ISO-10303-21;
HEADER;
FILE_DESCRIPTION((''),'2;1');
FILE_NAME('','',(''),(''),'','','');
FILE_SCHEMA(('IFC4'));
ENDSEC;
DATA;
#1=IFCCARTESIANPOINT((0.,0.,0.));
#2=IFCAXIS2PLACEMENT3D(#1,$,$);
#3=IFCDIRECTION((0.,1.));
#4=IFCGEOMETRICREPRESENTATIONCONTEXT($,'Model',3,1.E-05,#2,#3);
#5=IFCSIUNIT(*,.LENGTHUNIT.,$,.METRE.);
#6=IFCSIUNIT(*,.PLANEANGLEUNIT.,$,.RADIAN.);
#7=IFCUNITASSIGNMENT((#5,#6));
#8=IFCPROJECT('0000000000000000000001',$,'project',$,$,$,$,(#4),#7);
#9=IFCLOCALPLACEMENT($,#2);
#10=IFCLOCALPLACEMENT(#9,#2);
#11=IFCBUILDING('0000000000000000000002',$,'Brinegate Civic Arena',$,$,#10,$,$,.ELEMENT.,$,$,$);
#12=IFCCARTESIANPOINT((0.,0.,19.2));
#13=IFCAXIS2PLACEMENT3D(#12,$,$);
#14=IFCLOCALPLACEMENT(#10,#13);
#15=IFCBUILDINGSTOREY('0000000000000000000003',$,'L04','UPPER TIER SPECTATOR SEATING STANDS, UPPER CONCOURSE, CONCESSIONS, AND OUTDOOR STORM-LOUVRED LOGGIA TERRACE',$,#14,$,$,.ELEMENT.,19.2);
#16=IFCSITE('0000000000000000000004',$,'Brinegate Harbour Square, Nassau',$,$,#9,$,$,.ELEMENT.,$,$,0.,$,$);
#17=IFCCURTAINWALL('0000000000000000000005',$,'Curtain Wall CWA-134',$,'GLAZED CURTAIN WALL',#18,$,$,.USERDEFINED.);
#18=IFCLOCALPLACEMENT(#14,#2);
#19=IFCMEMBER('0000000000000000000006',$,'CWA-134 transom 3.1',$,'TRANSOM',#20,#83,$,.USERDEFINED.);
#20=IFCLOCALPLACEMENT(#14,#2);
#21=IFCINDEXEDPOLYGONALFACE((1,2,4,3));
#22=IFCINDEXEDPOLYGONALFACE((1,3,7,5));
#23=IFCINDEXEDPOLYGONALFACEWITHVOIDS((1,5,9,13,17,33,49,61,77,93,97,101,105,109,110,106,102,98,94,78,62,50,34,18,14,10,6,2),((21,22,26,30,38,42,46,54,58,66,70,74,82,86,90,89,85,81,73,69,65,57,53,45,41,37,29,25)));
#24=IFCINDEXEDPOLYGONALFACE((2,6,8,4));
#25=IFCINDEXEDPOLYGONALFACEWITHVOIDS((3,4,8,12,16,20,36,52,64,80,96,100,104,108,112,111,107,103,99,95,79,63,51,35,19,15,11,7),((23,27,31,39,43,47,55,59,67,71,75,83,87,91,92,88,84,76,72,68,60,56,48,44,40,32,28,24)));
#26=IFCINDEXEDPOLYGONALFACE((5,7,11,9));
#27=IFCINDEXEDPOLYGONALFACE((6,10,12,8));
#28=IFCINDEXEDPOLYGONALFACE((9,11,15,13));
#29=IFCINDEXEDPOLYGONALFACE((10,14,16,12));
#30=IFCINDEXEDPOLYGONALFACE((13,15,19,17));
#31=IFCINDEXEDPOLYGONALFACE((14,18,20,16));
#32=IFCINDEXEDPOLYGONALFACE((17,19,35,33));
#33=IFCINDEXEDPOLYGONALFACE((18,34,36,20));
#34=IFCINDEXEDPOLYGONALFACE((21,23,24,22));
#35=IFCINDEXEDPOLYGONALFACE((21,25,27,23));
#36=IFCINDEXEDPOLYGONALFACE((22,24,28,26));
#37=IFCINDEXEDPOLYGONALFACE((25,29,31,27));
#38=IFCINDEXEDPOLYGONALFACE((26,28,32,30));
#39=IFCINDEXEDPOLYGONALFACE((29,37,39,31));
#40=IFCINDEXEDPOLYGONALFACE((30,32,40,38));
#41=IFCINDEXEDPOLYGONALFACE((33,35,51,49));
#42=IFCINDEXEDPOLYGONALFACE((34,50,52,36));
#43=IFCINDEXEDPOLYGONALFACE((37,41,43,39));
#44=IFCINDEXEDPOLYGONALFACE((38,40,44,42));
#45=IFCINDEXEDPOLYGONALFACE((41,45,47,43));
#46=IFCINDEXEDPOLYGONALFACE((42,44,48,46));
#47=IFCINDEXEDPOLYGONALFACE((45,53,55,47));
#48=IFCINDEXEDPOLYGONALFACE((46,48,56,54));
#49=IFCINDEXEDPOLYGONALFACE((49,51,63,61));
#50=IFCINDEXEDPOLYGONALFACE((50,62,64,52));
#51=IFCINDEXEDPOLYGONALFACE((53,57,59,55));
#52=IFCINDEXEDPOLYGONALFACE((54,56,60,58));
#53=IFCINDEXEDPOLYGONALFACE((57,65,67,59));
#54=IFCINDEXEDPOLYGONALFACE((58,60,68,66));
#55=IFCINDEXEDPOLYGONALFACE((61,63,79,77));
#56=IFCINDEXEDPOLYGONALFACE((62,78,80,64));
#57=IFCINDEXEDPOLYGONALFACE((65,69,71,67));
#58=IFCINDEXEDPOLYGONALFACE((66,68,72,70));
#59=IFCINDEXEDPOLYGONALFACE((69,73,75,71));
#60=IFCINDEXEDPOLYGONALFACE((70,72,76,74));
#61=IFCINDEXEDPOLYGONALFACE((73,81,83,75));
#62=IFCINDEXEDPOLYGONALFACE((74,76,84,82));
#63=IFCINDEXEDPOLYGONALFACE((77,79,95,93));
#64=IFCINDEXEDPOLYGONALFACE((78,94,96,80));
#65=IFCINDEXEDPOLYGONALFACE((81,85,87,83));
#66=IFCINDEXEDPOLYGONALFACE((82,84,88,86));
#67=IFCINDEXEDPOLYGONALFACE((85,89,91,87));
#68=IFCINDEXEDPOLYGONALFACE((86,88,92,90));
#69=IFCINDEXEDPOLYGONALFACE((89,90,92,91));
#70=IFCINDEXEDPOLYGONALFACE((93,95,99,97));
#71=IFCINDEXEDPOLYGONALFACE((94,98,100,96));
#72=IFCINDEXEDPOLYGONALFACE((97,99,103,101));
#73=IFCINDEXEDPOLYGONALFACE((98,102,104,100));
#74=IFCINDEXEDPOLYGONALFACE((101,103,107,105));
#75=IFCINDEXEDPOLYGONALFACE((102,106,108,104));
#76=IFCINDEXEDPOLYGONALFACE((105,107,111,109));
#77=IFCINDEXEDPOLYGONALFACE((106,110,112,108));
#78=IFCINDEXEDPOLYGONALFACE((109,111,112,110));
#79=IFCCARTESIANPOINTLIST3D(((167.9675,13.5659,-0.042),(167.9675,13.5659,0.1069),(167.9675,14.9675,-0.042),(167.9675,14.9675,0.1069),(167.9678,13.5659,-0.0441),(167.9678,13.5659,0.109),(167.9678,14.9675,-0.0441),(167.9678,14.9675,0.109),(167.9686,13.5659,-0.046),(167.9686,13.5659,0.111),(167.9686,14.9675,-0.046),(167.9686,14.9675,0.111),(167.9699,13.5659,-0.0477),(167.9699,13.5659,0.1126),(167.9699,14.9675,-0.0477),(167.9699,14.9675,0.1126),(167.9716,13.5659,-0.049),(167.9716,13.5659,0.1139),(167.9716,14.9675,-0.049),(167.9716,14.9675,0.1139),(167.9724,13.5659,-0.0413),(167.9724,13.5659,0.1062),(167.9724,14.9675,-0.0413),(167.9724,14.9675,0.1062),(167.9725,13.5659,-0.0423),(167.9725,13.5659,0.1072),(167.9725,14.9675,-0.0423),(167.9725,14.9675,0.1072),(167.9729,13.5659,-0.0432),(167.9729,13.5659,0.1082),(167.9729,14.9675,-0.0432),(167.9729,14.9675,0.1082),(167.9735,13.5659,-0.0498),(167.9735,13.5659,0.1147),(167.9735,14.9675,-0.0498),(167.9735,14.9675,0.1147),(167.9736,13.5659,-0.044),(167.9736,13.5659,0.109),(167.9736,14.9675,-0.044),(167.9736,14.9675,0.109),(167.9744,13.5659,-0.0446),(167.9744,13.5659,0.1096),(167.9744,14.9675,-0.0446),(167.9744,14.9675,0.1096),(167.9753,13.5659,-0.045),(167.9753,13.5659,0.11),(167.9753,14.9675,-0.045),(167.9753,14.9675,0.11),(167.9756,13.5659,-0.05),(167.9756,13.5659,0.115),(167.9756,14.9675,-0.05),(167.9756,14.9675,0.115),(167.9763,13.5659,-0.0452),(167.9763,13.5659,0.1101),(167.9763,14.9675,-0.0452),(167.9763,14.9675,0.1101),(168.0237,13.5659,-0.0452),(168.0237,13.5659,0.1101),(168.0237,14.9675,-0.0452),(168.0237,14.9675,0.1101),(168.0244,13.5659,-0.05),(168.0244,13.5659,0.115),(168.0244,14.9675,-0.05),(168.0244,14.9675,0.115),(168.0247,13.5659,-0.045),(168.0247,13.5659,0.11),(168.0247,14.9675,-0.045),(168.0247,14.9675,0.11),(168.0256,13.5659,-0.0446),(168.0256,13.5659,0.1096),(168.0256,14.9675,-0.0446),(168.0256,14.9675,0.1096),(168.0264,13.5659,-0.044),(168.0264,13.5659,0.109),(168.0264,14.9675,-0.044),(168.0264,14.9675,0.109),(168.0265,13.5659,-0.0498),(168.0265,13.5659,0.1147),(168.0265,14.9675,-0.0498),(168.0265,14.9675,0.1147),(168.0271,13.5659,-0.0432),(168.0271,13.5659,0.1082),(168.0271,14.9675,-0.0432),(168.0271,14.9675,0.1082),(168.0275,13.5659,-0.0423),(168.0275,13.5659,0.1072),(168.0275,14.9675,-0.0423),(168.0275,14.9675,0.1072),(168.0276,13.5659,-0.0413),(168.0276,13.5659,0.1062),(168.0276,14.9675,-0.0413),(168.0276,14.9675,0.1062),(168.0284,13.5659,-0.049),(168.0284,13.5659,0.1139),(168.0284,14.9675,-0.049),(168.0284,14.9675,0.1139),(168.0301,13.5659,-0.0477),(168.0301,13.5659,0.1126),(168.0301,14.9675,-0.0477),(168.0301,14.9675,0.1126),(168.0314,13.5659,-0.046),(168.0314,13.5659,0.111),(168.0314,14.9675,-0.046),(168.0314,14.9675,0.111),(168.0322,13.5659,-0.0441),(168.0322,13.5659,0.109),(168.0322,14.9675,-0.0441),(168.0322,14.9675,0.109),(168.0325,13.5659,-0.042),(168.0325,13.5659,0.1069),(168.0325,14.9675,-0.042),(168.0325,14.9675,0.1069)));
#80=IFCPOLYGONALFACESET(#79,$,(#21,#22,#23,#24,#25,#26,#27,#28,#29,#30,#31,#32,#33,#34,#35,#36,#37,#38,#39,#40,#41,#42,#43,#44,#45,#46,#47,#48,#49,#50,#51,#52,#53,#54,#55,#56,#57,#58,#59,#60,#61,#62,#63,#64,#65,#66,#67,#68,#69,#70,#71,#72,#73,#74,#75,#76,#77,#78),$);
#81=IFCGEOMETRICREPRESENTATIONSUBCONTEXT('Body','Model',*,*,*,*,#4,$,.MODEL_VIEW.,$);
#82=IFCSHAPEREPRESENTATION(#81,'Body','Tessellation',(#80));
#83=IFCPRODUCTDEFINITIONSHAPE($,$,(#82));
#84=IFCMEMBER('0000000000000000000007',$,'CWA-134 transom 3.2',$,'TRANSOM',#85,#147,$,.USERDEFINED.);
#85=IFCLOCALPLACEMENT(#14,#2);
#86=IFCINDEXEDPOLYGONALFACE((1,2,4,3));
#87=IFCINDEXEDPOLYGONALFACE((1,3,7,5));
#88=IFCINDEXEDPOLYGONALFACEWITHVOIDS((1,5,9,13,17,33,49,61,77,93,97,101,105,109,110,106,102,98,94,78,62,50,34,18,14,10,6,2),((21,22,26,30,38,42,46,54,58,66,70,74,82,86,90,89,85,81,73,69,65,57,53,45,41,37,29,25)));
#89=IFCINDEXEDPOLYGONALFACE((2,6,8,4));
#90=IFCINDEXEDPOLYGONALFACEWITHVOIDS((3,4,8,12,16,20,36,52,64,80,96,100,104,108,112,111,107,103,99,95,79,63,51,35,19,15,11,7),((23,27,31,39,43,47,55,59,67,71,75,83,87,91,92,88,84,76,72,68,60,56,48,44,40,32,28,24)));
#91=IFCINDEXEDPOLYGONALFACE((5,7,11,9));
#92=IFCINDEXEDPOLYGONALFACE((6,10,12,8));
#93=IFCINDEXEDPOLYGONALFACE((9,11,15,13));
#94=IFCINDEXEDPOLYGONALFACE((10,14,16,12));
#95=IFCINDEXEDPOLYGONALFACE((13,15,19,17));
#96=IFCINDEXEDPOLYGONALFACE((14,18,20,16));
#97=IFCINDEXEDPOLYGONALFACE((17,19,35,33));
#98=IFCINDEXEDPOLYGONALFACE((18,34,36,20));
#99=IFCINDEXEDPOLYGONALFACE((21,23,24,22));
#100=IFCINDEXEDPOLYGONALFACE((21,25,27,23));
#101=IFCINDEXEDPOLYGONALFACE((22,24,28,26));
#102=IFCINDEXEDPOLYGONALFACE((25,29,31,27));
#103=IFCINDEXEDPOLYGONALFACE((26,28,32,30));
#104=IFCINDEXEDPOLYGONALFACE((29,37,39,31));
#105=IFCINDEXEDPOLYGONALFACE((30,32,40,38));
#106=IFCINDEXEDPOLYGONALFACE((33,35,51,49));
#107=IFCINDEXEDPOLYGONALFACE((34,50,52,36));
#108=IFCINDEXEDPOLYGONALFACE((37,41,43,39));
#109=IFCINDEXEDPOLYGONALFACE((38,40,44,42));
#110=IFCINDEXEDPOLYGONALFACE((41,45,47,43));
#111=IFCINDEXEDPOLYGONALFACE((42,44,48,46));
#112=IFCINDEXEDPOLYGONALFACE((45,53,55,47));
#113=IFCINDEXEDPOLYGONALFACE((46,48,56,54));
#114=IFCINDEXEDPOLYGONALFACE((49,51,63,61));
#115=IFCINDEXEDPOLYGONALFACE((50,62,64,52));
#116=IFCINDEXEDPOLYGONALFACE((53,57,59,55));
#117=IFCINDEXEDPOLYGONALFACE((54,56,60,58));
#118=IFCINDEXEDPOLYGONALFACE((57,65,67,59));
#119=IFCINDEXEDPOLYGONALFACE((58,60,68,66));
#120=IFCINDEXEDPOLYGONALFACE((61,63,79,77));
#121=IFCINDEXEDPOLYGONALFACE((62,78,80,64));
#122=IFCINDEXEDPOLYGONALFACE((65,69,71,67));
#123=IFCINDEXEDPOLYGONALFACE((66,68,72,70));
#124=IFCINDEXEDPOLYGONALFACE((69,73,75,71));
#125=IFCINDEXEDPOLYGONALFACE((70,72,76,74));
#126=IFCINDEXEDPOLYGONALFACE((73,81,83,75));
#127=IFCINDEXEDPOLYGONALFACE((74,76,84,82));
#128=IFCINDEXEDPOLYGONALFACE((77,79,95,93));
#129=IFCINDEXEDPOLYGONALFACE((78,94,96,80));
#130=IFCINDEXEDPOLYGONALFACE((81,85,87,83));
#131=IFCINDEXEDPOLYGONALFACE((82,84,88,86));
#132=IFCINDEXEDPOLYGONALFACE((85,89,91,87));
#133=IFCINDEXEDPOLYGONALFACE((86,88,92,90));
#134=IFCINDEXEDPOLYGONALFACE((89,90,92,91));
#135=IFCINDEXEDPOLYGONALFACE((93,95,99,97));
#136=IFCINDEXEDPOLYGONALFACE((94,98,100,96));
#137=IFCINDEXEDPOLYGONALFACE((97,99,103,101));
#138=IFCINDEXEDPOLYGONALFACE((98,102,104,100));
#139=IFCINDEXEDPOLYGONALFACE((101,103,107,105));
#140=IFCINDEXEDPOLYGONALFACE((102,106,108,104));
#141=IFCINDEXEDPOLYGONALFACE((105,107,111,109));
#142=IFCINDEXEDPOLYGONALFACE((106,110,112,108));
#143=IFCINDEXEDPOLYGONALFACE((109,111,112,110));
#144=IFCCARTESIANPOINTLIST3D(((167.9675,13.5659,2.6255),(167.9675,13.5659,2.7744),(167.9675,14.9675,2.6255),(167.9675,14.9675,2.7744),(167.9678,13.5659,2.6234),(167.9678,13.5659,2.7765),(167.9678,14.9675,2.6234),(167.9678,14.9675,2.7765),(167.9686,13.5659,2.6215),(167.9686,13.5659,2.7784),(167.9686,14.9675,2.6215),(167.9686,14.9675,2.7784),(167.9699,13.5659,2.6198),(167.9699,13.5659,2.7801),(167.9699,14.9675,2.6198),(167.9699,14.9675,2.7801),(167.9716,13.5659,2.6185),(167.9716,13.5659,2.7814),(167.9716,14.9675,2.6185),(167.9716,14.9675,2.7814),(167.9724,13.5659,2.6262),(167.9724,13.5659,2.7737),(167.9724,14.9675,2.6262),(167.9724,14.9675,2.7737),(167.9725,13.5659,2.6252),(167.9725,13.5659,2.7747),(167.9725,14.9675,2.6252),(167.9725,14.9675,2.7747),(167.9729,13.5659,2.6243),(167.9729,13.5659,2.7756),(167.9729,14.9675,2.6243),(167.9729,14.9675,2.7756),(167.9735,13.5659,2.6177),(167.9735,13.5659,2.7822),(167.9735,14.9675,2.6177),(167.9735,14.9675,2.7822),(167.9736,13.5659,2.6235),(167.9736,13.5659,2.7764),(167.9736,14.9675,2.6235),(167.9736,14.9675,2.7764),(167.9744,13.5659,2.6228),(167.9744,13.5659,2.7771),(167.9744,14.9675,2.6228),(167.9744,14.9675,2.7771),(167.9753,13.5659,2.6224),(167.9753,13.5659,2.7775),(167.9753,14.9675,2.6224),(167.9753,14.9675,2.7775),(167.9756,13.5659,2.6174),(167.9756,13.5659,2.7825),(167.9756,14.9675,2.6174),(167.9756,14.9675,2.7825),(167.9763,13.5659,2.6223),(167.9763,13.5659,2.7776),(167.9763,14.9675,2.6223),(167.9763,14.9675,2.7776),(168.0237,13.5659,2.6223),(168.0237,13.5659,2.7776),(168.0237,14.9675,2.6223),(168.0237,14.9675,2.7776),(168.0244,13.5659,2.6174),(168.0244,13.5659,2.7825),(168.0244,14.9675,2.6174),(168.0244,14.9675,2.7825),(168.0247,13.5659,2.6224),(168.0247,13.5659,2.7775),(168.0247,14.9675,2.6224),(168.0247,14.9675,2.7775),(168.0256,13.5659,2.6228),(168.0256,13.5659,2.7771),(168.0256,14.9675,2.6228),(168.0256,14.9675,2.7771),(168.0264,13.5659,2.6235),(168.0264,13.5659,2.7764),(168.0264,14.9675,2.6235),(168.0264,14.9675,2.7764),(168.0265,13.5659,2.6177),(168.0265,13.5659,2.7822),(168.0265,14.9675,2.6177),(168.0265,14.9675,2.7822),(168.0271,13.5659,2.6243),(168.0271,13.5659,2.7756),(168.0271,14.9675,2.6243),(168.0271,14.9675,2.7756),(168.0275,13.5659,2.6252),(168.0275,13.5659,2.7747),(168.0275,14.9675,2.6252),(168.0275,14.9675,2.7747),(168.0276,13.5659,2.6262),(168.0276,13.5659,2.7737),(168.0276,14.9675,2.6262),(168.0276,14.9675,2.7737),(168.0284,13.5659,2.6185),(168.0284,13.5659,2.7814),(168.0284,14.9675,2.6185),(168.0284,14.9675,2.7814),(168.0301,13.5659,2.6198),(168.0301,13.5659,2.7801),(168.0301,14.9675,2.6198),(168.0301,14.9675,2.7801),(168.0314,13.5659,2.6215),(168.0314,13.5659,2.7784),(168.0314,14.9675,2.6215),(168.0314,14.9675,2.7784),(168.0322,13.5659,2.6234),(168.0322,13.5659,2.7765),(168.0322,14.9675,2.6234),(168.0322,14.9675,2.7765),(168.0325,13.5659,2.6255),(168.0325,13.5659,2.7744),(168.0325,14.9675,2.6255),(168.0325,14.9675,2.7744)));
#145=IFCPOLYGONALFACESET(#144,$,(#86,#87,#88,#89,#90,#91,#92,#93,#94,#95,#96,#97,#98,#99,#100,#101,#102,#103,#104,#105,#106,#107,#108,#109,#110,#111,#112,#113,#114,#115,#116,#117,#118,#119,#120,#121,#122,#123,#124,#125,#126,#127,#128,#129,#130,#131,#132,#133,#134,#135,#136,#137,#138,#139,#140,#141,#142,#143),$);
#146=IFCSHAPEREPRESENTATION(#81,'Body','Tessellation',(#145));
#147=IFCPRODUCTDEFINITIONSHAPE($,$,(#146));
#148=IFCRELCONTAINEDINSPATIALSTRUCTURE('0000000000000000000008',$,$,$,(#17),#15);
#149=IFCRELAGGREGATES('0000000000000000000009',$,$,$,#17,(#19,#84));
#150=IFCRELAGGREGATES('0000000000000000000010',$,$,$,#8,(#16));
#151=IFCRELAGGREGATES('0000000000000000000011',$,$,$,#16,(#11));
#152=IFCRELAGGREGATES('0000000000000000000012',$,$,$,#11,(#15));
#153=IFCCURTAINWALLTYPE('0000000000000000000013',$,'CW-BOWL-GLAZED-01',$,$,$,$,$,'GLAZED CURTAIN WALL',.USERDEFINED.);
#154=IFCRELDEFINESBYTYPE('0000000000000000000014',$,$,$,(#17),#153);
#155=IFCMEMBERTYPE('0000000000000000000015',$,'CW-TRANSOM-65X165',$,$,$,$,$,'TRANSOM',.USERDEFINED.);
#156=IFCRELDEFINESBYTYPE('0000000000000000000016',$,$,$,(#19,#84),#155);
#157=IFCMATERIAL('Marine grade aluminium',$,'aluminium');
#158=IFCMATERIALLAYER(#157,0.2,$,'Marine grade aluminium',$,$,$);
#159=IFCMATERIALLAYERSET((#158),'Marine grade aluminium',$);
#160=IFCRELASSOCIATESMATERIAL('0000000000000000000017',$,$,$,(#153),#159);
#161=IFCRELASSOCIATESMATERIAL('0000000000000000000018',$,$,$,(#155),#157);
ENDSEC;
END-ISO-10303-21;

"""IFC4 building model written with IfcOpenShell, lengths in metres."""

from ifc_helpers import new_model, si_unit, direction, frame, origin, origin_2d, place, context, subcontext, project, spatial, hollow_rectangle, extrude, material, layer, layer_set, material_profile, profile_set, type_object, element, aggregate, save


model = new_model("IFC4")

# Units and contexts
model_context = context("Model", 3, precision=1e-05, world=origin(), true_north=direction((0.0, 1.0)))
body_context = subcontext(model_context, "Body", "Model", "MODEL_VIEW")
ifc_project = project(units=[si_unit("LENGTHUNIT", "METRE"), si_unit("PLANEANGLEUNIT", "RADIAN")], contexts=[model_context])

# Site, building, storey
site_placement = place(None, origin())
site = spatial("IfcSite", under=ifc_project, at=site_placement, Name="Brinegate Harbour Square, Nassau", CompositionType="ELEMENT", RefElevation=0.0)
building_placement = place(site_placement, origin())
building = spatial("IfcBuilding", under=site, at=building_placement, Name="Brinegate Civic Arena", CompositionType="ELEMENT")
storey_placement = place(building_placement, frame((0.0, 0.0, 19.2)))
storey = spatial("IfcBuildingStorey", under=building, at=storey_placement, Name="L04", Description="UPPER TIER SPECTATOR SEATING STANDS, UPPER CONCOURSE, CONCESSIONS, AND OUTDOOR STORM-LOUVRED LOGGIA TERRACE", CompositionType="ELEMENT", Elevation=19.2)

# Curtain wall, members
ifc_material_1 = material(Name="Marine grade aluminium", Category="aluminium")
ifc_layer_1 = layer(ifc_material_1, 0.2, Name="Marine grade aluminium")
ifc_layer_set_1 = layer_set([ifc_layer_1], Name="Marine grade aluminium")
curtain_wall_type = type_object("IfcCurtainWallType", Name="CW-BOWL-GLAZED-01", ElementType="GLAZED CURTAIN WALL", PredefinedType="USERDEFINED", material=ifc_layer_set_1)
curtain_wall_placement = place(storey_placement, origin())
curtain_wall = element("IfcCurtainWall", 1, at=curtain_wall_placement, inside=storey, type_object=curtain_wall_type, Name="Curtain Wall CWA-134", ObjectType="GLAZED CURTAIN WALL", PredefinedType="USERDEFINED")
ifc_material_profile_1 = material_profile(ifc_material_1, hollow_rectangle(XDim=0.0649, YDim=0.165, WallThickness=0.0049, InnerFilletRadius=0.0039, OuterFilletRadius=0.0081, at=origin_2d()), Name="TRN65X165")
ifc_profile_set_1 = profile_set([ifc_material_profile_1], Name="Marine grade aluminium")
member_type_1 = type_object("IfcMemberType", Name="CW-TRANSOM-65X165", ElementType="TRANSOM", PredefinedType="USERDEFINED", material=ifc_profile_set_1)
member_1_placement = place(storey_placement, frame((168.0, 13.5659, 0.0325), z_axis=(0.0, 1.0, 0.0), x_axis=(-1.0, 0.0, 0.0)))
member_1 = element("IfcMember", 2, at=member_1_placement, type_object=member_type_1, Name="CWA-134 transom 3.1", ObjectType="TRANSOM", PredefinedType="USERDEFINED", context=body_context, shape_type="SweptSolid", body=[
    extrude(hollow_rectangle(XDim=0.0649, YDim=0.165, WallThickness=0.0049, InnerFilletRadius=0.0039, OuterFilletRadius=0.0081, at=origin_2d()), origin(), (0.0, 0.0, 1.0), 1.4016),
])
member_2_placement = place(storey_placement, frame((168.0, 13.5659, 2.7), z_axis=(0.0, 1.0, 0.0), x_axis=(-1.0, 0.0, 0.0)))
member_2 = element("IfcMember", 3, at=member_2_placement, type_object=member_type_1, Name="CWA-134 transom 3.2", ObjectType="TRANSOM", PredefinedType="USERDEFINED", context=body_context, shape_type="SweptSolid", body=[
    extrude(hollow_rectangle(XDim=0.0649, YDim=0.165, WallThickness=0.0049, InnerFilletRadius=0.0039, OuterFilletRadius=0.0081, at=origin_2d()), origin(), (0.0, 0.0, 1.0), 1.4016),
])
aggregate(curtain_wall, [member_1, member_2])

save(model, "model.ifc")
